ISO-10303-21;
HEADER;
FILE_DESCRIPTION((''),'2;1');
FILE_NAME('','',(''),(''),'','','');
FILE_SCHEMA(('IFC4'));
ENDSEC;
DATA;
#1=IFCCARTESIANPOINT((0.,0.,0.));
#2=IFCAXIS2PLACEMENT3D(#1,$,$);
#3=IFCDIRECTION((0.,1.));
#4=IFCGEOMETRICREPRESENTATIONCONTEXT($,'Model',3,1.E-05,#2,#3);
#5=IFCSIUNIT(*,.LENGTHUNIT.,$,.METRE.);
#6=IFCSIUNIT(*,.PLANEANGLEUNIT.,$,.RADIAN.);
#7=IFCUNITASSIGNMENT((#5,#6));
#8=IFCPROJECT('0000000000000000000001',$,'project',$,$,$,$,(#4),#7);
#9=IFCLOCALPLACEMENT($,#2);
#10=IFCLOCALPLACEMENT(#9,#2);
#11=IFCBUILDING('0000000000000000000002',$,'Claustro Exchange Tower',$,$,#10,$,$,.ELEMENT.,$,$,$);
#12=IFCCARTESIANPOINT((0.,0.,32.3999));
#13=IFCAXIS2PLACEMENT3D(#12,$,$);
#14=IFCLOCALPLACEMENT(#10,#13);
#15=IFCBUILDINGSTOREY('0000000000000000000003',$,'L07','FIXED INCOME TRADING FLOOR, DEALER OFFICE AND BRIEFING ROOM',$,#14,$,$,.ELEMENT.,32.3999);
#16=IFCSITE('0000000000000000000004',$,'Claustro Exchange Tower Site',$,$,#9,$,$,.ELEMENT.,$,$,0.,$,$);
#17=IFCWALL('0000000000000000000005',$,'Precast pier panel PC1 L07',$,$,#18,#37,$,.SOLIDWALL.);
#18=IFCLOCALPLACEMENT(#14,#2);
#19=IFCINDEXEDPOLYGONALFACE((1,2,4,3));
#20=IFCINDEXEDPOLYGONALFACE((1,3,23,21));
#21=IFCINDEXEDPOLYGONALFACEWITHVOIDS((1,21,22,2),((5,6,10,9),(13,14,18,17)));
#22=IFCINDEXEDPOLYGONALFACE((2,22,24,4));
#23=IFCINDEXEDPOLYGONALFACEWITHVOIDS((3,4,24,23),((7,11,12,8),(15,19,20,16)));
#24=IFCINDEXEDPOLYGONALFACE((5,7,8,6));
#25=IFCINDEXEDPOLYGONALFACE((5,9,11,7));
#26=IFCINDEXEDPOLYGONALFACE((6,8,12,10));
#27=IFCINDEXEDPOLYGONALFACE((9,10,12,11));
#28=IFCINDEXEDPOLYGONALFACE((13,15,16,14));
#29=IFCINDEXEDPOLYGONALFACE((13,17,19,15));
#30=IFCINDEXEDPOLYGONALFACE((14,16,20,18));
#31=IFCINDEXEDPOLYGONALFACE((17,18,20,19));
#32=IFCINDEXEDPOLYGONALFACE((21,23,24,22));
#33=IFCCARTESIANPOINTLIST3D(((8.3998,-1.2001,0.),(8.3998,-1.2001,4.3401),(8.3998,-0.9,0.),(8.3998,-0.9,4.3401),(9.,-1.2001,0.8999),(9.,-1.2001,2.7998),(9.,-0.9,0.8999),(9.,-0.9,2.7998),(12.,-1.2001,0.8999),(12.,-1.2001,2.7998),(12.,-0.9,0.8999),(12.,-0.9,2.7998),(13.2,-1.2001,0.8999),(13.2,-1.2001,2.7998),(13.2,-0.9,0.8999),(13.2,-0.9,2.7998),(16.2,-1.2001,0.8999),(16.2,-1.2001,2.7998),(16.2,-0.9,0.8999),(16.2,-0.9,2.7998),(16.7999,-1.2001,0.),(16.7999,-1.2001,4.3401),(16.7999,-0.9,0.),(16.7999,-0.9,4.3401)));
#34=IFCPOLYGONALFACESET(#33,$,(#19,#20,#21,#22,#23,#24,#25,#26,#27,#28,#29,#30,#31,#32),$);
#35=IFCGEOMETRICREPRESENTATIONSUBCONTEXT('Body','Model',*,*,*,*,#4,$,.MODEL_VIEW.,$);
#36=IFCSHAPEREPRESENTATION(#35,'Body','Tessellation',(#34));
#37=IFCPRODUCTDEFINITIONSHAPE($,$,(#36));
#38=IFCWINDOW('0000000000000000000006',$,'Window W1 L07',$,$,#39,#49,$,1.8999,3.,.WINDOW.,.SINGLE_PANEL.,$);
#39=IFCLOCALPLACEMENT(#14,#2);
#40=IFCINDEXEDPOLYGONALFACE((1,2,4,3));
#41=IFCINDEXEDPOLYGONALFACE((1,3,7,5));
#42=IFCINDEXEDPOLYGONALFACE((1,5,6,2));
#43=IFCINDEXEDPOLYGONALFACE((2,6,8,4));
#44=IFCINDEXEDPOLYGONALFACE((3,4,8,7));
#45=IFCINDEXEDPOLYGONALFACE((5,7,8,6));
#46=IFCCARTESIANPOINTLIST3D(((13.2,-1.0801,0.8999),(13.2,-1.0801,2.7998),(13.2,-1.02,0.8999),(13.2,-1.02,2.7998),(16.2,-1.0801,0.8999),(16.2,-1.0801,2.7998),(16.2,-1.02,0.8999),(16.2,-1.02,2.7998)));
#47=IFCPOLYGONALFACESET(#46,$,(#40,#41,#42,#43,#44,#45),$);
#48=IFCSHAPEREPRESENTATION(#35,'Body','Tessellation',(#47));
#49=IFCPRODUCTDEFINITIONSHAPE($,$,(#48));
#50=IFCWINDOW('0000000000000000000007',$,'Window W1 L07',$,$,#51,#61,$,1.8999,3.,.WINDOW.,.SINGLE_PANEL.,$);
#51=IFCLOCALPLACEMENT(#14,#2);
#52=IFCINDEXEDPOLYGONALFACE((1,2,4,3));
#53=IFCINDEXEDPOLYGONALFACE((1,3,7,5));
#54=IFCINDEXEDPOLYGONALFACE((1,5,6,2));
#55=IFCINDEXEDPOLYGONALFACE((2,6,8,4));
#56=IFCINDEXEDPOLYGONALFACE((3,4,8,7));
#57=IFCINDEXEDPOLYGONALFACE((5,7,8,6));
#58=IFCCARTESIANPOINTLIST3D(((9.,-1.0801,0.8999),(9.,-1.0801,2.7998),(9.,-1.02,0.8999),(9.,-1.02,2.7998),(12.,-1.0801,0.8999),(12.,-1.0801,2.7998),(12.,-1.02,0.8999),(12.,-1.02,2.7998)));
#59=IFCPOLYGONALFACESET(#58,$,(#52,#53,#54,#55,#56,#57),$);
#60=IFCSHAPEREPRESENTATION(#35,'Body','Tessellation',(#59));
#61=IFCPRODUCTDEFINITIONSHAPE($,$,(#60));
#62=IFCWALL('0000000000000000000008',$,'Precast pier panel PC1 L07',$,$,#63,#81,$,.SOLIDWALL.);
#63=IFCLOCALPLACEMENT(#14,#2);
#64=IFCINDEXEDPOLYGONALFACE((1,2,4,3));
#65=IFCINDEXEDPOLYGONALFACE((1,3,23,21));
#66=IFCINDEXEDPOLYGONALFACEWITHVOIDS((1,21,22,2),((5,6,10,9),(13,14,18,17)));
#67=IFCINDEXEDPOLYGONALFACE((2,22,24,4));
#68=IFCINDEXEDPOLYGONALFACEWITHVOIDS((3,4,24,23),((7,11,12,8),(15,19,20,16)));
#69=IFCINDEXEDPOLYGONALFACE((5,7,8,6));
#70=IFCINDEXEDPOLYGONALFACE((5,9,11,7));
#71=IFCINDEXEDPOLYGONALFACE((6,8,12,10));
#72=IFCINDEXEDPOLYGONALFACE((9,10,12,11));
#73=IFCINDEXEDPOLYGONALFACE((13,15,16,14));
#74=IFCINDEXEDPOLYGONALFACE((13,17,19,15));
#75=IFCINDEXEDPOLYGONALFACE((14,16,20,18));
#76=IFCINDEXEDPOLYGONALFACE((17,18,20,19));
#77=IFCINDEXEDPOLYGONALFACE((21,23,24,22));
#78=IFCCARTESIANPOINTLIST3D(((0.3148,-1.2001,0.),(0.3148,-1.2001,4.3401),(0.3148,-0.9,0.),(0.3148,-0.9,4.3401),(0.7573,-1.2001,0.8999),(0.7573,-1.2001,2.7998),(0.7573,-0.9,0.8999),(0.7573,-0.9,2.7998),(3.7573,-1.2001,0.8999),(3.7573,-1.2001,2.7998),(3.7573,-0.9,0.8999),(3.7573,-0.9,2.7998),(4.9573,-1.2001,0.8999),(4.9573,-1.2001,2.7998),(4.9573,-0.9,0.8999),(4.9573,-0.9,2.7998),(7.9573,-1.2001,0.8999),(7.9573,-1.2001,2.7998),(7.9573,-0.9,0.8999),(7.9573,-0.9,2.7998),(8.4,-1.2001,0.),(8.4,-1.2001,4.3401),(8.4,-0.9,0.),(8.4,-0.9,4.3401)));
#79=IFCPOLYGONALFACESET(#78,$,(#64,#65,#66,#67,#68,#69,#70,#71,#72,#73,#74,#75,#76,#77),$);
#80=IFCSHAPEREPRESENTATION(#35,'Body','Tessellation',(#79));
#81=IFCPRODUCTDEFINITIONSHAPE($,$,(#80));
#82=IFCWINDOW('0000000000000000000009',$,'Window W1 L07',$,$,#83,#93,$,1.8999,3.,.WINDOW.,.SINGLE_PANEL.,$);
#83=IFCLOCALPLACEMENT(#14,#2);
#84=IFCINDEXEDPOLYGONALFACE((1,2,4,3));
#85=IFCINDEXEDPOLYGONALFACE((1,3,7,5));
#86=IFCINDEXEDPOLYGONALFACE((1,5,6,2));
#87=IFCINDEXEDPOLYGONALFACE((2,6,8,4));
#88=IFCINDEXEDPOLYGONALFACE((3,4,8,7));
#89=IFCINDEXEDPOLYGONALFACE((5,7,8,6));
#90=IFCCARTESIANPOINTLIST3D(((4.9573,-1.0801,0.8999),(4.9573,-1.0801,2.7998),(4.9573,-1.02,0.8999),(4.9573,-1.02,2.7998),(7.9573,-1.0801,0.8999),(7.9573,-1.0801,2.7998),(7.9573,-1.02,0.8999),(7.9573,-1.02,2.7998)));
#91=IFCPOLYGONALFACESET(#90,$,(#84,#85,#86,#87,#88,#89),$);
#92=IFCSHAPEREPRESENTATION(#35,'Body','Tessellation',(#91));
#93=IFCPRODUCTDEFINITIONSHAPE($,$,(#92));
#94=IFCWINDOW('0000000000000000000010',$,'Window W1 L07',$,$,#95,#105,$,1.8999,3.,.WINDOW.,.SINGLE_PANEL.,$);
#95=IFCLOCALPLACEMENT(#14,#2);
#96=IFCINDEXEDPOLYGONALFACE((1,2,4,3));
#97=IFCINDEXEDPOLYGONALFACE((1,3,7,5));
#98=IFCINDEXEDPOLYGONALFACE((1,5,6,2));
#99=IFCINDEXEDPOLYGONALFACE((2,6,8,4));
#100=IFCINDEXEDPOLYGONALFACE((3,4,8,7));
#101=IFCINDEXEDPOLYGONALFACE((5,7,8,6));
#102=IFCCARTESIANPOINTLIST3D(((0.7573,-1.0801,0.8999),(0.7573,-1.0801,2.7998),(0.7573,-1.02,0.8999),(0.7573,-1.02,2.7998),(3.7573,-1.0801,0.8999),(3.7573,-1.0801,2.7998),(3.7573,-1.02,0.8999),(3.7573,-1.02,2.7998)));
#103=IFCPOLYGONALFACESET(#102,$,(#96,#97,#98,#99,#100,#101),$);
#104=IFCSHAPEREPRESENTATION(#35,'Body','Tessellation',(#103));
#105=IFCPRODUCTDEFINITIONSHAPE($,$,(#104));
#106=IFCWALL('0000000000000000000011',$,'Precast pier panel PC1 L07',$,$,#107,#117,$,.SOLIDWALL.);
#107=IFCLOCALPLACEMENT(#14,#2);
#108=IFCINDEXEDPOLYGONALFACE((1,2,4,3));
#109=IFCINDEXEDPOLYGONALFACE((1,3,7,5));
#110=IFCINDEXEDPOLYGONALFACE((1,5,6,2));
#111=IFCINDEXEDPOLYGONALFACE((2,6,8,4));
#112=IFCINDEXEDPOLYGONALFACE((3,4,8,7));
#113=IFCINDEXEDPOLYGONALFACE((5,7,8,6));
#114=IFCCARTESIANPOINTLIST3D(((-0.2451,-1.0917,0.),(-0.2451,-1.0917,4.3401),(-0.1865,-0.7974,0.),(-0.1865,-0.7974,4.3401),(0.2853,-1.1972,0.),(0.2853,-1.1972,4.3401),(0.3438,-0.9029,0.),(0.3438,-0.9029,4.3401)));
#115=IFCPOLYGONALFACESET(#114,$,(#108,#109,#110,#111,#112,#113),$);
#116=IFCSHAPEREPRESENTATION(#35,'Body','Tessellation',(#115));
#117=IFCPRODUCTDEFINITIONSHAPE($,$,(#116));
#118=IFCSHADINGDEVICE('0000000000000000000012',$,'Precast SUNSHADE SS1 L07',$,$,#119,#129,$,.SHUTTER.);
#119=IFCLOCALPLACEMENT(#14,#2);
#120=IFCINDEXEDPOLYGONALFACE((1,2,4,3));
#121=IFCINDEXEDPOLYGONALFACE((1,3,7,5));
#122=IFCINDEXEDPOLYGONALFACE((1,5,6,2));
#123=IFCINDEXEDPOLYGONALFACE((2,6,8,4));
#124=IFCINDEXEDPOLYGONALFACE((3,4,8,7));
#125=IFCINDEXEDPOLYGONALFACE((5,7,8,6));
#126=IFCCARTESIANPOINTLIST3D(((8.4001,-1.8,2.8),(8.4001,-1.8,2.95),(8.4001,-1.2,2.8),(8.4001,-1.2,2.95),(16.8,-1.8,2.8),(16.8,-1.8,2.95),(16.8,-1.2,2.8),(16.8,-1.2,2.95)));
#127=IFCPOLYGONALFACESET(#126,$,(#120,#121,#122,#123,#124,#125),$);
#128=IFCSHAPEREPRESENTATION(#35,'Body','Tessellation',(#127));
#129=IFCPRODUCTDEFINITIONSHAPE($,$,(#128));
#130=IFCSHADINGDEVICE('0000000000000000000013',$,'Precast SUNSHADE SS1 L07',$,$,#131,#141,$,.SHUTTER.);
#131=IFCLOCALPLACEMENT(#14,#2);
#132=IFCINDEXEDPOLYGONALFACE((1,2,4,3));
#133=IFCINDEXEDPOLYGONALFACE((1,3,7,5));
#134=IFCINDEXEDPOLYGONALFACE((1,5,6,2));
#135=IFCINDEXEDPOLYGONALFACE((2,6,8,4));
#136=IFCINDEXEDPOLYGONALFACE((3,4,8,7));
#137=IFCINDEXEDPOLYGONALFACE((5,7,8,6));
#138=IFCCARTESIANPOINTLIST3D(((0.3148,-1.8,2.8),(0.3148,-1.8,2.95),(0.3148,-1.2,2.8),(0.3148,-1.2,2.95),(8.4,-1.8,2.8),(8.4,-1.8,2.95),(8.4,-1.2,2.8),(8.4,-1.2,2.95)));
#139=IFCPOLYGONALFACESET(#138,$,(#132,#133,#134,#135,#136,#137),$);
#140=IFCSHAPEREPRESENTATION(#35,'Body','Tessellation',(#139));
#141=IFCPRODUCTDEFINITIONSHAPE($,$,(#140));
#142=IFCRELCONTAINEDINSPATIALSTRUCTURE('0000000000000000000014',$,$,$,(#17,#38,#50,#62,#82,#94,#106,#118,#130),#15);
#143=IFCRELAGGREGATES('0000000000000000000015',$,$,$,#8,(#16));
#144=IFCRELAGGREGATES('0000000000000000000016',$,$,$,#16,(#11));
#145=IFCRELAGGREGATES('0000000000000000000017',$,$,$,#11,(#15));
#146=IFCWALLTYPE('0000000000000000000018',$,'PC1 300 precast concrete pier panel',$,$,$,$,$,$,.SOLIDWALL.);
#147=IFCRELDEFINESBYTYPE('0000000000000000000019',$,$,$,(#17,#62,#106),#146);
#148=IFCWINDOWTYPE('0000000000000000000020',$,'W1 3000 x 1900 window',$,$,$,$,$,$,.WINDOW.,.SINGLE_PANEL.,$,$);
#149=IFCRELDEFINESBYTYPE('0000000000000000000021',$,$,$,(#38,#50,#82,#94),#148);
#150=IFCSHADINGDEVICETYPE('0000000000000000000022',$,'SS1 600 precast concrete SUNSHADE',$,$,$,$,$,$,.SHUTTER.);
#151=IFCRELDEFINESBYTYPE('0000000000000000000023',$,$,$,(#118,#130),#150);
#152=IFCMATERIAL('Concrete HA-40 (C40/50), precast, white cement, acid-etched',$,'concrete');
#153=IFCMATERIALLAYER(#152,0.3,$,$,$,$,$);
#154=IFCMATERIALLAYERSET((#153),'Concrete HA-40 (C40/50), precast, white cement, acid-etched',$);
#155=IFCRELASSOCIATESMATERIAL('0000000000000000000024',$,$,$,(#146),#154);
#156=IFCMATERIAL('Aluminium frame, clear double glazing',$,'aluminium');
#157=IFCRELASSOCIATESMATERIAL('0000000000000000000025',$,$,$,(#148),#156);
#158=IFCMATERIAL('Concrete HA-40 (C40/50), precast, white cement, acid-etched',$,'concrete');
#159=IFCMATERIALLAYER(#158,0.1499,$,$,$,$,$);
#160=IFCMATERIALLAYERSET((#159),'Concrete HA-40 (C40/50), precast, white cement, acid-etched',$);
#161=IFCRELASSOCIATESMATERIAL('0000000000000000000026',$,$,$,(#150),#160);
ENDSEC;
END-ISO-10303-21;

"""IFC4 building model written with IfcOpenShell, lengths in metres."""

from ifc_helpers import new_model, si_unit, direction, frame, frame_2d, origin, origin_2d, place, context, subcontext, project, spatial, rectangle, extrude, material, layer, layer_set, type_object, element, fill, save


model = new_model("IFC4")

# Units and contexts
model_context = context("Model", 3, precision=1e-05, world=origin(), true_north=direction((0.0, 1.0)))
body_context = subcontext(model_context, "Body", "Model", "MODEL_VIEW")
ifc_project = project(units=[si_unit("LENGTHUNIT", "METRE"), si_unit("PLANEANGLEUNIT", "RADIAN")], contexts=[model_context])

# Site, building, storey
site_placement = place(None, origin())
site = spatial("IfcSite", under=ifc_project, at=site_placement, Name="Claustro Exchange Tower Site", CompositionType="ELEMENT", RefElevation=0.0)
building_placement = place(site_placement, origin())
building = spatial("IfcBuilding", under=site, at=building_placement, Name="Claustro Exchange Tower", CompositionType="ELEMENT")
storey_placement = place(building_placement, frame((0.0, 0.0, 32.3999)))
storey = spatial("IfcBuildingStorey", under=building, at=storey_placement, Name="L07", Description="FIXED INCOME TRADING FLOOR, DEALER OFFICE AND BRIEFING ROOM", CompositionType="ELEMENT", Elevation=32.3999)

# Walls, openings, windows
ifc_material_1 = material(Name="Concrete HA-40 (C40/50), precast, white cement, acid-etched", Category="concrete")
ifc_layer_1 = layer(ifc_material_1, 0.3)
ifc_layer_set_1 = layer_set([ifc_layer_1], Name="Concrete HA-40 (C40/50), precast, white cement, acid-etched")
wall_type_1 = type_object("IfcWallType", Name="PC1 300 precast concrete pier panel", PredefinedType="SOLIDWALL", material=ifc_layer_set_1)
wall_1_placement = place(storey_placement, frame((16.8, -1.05, 0.0), z_axis=(0.0, 0.0, 1.0), x_axis=(-1.0, 0.0, 0.0)))
wall_1 = element("IfcWall", 1, at=wall_1_placement, inside=storey, type_object=wall_type_1, Name="Precast pier panel PC1 L07", PredefinedType="SOLIDWALL", context=body_context, shape_type="SweptSolid", body=[
    extrude(rectangle(XDim=8.4001, YDim=0.3, at=frame_2d((4.2002, 0.0))), origin(), (0.0, 0.0, 1.0), 4.3401),
])
opening_1_placement = place(wall_1_placement, frame((0.6001, 0.0, 0.8999)))
opening_1 = element("IfcOpeningElement", 2, at=opening_1_placement, cuts=wall_1, PredefinedType="OPENING", context=body_context, shape_type="SweptSolid", body=[
    extrude(rectangle(XDim=3.0, YDim=1.8999, at=frame_2d((1.5, 0.95))), frame((0.0, 0.1599, 0.0), z_axis=(0.0, -1.0, 0.0), x_axis=(1.0, 0.0, 0.0)), (0.0, 0.0, 1.0), 0.3201),
])
opening_2_placement = place(wall_1_placement, frame((4.8, 0.0, 0.8999)))
opening_2 = element("IfcOpeningElement", 3, at=opening_2_placement, cuts=wall_1, PredefinedType="OPENING", context=body_context, shape_type="SweptSolid", body=[
    extrude(rectangle(XDim=3.0, YDim=1.8999, at=frame_2d((1.5, 0.95))), frame((0.0, 0.1599, 0.0), z_axis=(0.0, -1.0, 0.0), x_axis=(1.0, 0.0, 0.0)), (0.0, 0.0, 1.0), 0.3201),
])
ifc_material_2 = material(Name="Aluminium frame, clear double glazing", Category="aluminium")
window_type = type_object("IfcWindowType", Name="W1 3000 x 1900 window", PartitioningType="SINGLE_PANEL", PredefinedType="WINDOW", material=ifc_material_2)
window_1_placement = place(opening_1_placement, origin())
window_1 = element("IfcWindow", 4, at=window_1_placement, inside=storey, type_object=window_type, Name="Window W1 L07", OverallHeight=1.8999, OverallWidth=3.0, PartitioningType="SINGLE_PANEL", PredefinedType="WINDOW", context=body_context, shape_type="SweptSolid", body=[
    extrude(rectangle(XDim=3.0, YDim=1.8999, at=frame_2d((1.5, 0.95))), frame((0.0, 0.03, 0.0), z_axis=(0.0, -1.0, 0.0), x_axis=(1.0, 0.0, 0.0)), (0.0, 0.0, 1.0), 0.0601),
])
fill(opening_1, window_1)
window_2_placement = place(opening_2_placement, origin())
window_2 = element("IfcWindow", 5, at=window_2_placement, inside=storey, type_object=window_type, Name="Window W1 L07", OverallHeight=1.8999, OverallWidth=3.0, PartitioningType="SINGLE_PANEL", PredefinedType="WINDOW", context=body_context, shape_type="SweptSolid", body=[
    extrude(rectangle(XDim=3.0, YDim=1.8999, at=frame_2d((1.5, 0.95))), frame((0.0, 0.03, 0.0), z_axis=(0.0, -1.0, 0.0), x_axis=(1.0, 0.0, 0.0)), (0.0, 0.0, 1.0), 0.0601),
])
fill(opening_2, window_2)
wall_2_placement = place(storey_placement, frame((8.3999, -1.05, 0.0), z_axis=(0.0, 0.0, 1.0), x_axis=(-1.0, 0.0, 0.0)))
wall_2 = element("IfcWall", 6, at=wall_2_placement, inside=storey, type_object=wall_type_1, Name="Precast pier panel PC1 L07", PredefinedType="SOLIDWALL", context=body_context, shape_type="SweptSolid", body=[
    extrude(rectangle(XDim=8.0852, YDim=0.3, at=frame_2d((4.0425, 0.0))), origin(), (0.0, 0.0, 1.0), 4.3401),
])
opening_3_placement = place(wall_2_placement, frame((0.4426, 0.0, 0.8999)))
opening_3 = element("IfcOpeningElement", 7, at=opening_3_placement, cuts=wall_2, PredefinedType="OPENING", context=body_context, shape_type="SweptSolid", body=[
    extrude(rectangle(XDim=3.0, YDim=1.8999, at=frame_2d((1.5, 0.95))), frame((0.0, 0.1599, 0.0), z_axis=(0.0, -1.0, 0.0), x_axis=(1.0, 0.0, 0.0)), (0.0, 0.0, 1.0), 0.3201),
])
opening_4_placement = place(wall_2_placement, frame((4.6426, 0.0, 0.8999)))
opening_4 = element("IfcOpeningElement", 8, at=opening_4_placement, cuts=wall_2, PredefinedType="OPENING", context=body_context, shape_type="SweptSolid", body=[
    extrude(rectangle(XDim=3.0, YDim=1.8999, at=frame_2d((1.5, 0.95))), frame((0.0, 0.1599, 0.0), z_axis=(0.0, -1.0, 0.0), x_axis=(1.0, 0.0, 0.0)), (0.0, 0.0, 1.0), 0.3201),
])
window_3_placement = place(opening_3_placement, origin())
window_3 = element("IfcWindow", 9, at=window_3_placement, inside=storey, type_object=window_type, Name="Window W1 L07", OverallHeight=1.8999, OverallWidth=3.0, PartitioningType="SINGLE_PANEL", PredefinedType="WINDOW", context=body_context, shape_type="SweptSolid", body=[
    extrude(rectangle(XDim=3.0, YDim=1.8999, at=frame_2d((1.5, 0.95))), frame((0.0, 0.03, 0.0), z_axis=(0.0, -1.0, 0.0), x_axis=(1.0, 0.0, 0.0)), (0.0, 0.0, 1.0), 0.0601),
])
fill(opening_3, window_3)
window_4_placement = place(opening_4_placement, origin())
window_4 = element("IfcWindow", 10, at=window_4_placement, inside=storey, type_object=window_type, Name="Window W1 L07", OverallHeight=1.8999, OverallWidth=3.0, PartitioningType="SINGLE_PANEL", PredefinedType="WINDOW", context=body_context, shape_type="SweptSolid", body=[
    extrude(rectangle(XDim=3.0, YDim=1.8999, at=frame_2d((1.5, 0.95))), frame((0.0, 0.03, 0.0), z_axis=(0.0, -1.0, 0.0), x_axis=(1.0, 0.0, 0.0)), (0.0, 0.0, 1.0), 0.0601),
])
fill(opening_4, window_4)

# Wall
wall_3_placement = place(storey_placement, frame((0.3147, -1.05, 0.0), z_axis=(0.0, 0.0, 1.0), x_axis=(-0.980789, 0.195074, 0.0)))
element("IfcWall", 11, at=wall_3_placement, inside=storey, type_object=wall_type_1, Name="Precast pier panel PC1 L07", PredefinedType="SOLIDWALL", context=body_context, shape_type="SweptSolid", body=[
    extrude(rectangle(XDim=0.5408, YDim=0.3, at=frame_2d((0.2705, 0.0))), origin(), (0.0, 0.0, 1.0), 4.3401),
])

# Shading devices
ifc_material_3 = material(Name="Concrete HA-40 (C40/50), precast, white cement, acid-etched", Category="concrete")
ifc_layer_2 = layer(ifc_material_3, 0.1499)
ifc_layer_set_2 = layer_set([ifc_layer_2], Name="Concrete HA-40 (C40/50), precast, white cement, acid-etched")
shading_device_type = type_object("IfcShadingDeviceType", Name="SS1 600 precast concrete SUNSHADE", PredefinedType="SHUTTER", material=ifc_layer_set_2)
shading_device_1_placement = place(storey_placement, frame((12.6001, -1.5, 2.8), z_axis=(0.0, 0.0, 1.0), x_axis=(-1.0, 0.0, 0.0)))
element("IfcShadingDevice", 12, at=shading_device_1_placement, inside=storey, type_object=shading_device_type, Name="Precast SUNSHADE SS1 L07", PredefinedType="SHUTTER", context=body_context, shape_type="SweptSolid", body=[
    extrude(rectangle(XDim=8.3999, YDim=0.6001, at=origin_2d()), origin(), (0.0, 0.0, 1.0), 0.1499),
])
shading_device_2_placement = place(storey_placement, frame((4.3574, -1.5, 2.8), z_axis=(0.0, 0.0, 1.0), x_axis=(-1.0, 0.0, 0.0)))
element("IfcShadingDevice", 13, at=shading_device_2_placement, inside=storey, type_object=shading_device_type, Name="Precast SUNSHADE SS1 L07", PredefinedType="SHUTTER", context=body_context, shape_type="SweptSolid", body=[
    extrude(rectangle(XDim=8.0852, YDim=0.6001, at=origin_2d()), origin(), (0.0, 0.0, 1.0), 0.1499),
])

save(model, "model.ifc")
